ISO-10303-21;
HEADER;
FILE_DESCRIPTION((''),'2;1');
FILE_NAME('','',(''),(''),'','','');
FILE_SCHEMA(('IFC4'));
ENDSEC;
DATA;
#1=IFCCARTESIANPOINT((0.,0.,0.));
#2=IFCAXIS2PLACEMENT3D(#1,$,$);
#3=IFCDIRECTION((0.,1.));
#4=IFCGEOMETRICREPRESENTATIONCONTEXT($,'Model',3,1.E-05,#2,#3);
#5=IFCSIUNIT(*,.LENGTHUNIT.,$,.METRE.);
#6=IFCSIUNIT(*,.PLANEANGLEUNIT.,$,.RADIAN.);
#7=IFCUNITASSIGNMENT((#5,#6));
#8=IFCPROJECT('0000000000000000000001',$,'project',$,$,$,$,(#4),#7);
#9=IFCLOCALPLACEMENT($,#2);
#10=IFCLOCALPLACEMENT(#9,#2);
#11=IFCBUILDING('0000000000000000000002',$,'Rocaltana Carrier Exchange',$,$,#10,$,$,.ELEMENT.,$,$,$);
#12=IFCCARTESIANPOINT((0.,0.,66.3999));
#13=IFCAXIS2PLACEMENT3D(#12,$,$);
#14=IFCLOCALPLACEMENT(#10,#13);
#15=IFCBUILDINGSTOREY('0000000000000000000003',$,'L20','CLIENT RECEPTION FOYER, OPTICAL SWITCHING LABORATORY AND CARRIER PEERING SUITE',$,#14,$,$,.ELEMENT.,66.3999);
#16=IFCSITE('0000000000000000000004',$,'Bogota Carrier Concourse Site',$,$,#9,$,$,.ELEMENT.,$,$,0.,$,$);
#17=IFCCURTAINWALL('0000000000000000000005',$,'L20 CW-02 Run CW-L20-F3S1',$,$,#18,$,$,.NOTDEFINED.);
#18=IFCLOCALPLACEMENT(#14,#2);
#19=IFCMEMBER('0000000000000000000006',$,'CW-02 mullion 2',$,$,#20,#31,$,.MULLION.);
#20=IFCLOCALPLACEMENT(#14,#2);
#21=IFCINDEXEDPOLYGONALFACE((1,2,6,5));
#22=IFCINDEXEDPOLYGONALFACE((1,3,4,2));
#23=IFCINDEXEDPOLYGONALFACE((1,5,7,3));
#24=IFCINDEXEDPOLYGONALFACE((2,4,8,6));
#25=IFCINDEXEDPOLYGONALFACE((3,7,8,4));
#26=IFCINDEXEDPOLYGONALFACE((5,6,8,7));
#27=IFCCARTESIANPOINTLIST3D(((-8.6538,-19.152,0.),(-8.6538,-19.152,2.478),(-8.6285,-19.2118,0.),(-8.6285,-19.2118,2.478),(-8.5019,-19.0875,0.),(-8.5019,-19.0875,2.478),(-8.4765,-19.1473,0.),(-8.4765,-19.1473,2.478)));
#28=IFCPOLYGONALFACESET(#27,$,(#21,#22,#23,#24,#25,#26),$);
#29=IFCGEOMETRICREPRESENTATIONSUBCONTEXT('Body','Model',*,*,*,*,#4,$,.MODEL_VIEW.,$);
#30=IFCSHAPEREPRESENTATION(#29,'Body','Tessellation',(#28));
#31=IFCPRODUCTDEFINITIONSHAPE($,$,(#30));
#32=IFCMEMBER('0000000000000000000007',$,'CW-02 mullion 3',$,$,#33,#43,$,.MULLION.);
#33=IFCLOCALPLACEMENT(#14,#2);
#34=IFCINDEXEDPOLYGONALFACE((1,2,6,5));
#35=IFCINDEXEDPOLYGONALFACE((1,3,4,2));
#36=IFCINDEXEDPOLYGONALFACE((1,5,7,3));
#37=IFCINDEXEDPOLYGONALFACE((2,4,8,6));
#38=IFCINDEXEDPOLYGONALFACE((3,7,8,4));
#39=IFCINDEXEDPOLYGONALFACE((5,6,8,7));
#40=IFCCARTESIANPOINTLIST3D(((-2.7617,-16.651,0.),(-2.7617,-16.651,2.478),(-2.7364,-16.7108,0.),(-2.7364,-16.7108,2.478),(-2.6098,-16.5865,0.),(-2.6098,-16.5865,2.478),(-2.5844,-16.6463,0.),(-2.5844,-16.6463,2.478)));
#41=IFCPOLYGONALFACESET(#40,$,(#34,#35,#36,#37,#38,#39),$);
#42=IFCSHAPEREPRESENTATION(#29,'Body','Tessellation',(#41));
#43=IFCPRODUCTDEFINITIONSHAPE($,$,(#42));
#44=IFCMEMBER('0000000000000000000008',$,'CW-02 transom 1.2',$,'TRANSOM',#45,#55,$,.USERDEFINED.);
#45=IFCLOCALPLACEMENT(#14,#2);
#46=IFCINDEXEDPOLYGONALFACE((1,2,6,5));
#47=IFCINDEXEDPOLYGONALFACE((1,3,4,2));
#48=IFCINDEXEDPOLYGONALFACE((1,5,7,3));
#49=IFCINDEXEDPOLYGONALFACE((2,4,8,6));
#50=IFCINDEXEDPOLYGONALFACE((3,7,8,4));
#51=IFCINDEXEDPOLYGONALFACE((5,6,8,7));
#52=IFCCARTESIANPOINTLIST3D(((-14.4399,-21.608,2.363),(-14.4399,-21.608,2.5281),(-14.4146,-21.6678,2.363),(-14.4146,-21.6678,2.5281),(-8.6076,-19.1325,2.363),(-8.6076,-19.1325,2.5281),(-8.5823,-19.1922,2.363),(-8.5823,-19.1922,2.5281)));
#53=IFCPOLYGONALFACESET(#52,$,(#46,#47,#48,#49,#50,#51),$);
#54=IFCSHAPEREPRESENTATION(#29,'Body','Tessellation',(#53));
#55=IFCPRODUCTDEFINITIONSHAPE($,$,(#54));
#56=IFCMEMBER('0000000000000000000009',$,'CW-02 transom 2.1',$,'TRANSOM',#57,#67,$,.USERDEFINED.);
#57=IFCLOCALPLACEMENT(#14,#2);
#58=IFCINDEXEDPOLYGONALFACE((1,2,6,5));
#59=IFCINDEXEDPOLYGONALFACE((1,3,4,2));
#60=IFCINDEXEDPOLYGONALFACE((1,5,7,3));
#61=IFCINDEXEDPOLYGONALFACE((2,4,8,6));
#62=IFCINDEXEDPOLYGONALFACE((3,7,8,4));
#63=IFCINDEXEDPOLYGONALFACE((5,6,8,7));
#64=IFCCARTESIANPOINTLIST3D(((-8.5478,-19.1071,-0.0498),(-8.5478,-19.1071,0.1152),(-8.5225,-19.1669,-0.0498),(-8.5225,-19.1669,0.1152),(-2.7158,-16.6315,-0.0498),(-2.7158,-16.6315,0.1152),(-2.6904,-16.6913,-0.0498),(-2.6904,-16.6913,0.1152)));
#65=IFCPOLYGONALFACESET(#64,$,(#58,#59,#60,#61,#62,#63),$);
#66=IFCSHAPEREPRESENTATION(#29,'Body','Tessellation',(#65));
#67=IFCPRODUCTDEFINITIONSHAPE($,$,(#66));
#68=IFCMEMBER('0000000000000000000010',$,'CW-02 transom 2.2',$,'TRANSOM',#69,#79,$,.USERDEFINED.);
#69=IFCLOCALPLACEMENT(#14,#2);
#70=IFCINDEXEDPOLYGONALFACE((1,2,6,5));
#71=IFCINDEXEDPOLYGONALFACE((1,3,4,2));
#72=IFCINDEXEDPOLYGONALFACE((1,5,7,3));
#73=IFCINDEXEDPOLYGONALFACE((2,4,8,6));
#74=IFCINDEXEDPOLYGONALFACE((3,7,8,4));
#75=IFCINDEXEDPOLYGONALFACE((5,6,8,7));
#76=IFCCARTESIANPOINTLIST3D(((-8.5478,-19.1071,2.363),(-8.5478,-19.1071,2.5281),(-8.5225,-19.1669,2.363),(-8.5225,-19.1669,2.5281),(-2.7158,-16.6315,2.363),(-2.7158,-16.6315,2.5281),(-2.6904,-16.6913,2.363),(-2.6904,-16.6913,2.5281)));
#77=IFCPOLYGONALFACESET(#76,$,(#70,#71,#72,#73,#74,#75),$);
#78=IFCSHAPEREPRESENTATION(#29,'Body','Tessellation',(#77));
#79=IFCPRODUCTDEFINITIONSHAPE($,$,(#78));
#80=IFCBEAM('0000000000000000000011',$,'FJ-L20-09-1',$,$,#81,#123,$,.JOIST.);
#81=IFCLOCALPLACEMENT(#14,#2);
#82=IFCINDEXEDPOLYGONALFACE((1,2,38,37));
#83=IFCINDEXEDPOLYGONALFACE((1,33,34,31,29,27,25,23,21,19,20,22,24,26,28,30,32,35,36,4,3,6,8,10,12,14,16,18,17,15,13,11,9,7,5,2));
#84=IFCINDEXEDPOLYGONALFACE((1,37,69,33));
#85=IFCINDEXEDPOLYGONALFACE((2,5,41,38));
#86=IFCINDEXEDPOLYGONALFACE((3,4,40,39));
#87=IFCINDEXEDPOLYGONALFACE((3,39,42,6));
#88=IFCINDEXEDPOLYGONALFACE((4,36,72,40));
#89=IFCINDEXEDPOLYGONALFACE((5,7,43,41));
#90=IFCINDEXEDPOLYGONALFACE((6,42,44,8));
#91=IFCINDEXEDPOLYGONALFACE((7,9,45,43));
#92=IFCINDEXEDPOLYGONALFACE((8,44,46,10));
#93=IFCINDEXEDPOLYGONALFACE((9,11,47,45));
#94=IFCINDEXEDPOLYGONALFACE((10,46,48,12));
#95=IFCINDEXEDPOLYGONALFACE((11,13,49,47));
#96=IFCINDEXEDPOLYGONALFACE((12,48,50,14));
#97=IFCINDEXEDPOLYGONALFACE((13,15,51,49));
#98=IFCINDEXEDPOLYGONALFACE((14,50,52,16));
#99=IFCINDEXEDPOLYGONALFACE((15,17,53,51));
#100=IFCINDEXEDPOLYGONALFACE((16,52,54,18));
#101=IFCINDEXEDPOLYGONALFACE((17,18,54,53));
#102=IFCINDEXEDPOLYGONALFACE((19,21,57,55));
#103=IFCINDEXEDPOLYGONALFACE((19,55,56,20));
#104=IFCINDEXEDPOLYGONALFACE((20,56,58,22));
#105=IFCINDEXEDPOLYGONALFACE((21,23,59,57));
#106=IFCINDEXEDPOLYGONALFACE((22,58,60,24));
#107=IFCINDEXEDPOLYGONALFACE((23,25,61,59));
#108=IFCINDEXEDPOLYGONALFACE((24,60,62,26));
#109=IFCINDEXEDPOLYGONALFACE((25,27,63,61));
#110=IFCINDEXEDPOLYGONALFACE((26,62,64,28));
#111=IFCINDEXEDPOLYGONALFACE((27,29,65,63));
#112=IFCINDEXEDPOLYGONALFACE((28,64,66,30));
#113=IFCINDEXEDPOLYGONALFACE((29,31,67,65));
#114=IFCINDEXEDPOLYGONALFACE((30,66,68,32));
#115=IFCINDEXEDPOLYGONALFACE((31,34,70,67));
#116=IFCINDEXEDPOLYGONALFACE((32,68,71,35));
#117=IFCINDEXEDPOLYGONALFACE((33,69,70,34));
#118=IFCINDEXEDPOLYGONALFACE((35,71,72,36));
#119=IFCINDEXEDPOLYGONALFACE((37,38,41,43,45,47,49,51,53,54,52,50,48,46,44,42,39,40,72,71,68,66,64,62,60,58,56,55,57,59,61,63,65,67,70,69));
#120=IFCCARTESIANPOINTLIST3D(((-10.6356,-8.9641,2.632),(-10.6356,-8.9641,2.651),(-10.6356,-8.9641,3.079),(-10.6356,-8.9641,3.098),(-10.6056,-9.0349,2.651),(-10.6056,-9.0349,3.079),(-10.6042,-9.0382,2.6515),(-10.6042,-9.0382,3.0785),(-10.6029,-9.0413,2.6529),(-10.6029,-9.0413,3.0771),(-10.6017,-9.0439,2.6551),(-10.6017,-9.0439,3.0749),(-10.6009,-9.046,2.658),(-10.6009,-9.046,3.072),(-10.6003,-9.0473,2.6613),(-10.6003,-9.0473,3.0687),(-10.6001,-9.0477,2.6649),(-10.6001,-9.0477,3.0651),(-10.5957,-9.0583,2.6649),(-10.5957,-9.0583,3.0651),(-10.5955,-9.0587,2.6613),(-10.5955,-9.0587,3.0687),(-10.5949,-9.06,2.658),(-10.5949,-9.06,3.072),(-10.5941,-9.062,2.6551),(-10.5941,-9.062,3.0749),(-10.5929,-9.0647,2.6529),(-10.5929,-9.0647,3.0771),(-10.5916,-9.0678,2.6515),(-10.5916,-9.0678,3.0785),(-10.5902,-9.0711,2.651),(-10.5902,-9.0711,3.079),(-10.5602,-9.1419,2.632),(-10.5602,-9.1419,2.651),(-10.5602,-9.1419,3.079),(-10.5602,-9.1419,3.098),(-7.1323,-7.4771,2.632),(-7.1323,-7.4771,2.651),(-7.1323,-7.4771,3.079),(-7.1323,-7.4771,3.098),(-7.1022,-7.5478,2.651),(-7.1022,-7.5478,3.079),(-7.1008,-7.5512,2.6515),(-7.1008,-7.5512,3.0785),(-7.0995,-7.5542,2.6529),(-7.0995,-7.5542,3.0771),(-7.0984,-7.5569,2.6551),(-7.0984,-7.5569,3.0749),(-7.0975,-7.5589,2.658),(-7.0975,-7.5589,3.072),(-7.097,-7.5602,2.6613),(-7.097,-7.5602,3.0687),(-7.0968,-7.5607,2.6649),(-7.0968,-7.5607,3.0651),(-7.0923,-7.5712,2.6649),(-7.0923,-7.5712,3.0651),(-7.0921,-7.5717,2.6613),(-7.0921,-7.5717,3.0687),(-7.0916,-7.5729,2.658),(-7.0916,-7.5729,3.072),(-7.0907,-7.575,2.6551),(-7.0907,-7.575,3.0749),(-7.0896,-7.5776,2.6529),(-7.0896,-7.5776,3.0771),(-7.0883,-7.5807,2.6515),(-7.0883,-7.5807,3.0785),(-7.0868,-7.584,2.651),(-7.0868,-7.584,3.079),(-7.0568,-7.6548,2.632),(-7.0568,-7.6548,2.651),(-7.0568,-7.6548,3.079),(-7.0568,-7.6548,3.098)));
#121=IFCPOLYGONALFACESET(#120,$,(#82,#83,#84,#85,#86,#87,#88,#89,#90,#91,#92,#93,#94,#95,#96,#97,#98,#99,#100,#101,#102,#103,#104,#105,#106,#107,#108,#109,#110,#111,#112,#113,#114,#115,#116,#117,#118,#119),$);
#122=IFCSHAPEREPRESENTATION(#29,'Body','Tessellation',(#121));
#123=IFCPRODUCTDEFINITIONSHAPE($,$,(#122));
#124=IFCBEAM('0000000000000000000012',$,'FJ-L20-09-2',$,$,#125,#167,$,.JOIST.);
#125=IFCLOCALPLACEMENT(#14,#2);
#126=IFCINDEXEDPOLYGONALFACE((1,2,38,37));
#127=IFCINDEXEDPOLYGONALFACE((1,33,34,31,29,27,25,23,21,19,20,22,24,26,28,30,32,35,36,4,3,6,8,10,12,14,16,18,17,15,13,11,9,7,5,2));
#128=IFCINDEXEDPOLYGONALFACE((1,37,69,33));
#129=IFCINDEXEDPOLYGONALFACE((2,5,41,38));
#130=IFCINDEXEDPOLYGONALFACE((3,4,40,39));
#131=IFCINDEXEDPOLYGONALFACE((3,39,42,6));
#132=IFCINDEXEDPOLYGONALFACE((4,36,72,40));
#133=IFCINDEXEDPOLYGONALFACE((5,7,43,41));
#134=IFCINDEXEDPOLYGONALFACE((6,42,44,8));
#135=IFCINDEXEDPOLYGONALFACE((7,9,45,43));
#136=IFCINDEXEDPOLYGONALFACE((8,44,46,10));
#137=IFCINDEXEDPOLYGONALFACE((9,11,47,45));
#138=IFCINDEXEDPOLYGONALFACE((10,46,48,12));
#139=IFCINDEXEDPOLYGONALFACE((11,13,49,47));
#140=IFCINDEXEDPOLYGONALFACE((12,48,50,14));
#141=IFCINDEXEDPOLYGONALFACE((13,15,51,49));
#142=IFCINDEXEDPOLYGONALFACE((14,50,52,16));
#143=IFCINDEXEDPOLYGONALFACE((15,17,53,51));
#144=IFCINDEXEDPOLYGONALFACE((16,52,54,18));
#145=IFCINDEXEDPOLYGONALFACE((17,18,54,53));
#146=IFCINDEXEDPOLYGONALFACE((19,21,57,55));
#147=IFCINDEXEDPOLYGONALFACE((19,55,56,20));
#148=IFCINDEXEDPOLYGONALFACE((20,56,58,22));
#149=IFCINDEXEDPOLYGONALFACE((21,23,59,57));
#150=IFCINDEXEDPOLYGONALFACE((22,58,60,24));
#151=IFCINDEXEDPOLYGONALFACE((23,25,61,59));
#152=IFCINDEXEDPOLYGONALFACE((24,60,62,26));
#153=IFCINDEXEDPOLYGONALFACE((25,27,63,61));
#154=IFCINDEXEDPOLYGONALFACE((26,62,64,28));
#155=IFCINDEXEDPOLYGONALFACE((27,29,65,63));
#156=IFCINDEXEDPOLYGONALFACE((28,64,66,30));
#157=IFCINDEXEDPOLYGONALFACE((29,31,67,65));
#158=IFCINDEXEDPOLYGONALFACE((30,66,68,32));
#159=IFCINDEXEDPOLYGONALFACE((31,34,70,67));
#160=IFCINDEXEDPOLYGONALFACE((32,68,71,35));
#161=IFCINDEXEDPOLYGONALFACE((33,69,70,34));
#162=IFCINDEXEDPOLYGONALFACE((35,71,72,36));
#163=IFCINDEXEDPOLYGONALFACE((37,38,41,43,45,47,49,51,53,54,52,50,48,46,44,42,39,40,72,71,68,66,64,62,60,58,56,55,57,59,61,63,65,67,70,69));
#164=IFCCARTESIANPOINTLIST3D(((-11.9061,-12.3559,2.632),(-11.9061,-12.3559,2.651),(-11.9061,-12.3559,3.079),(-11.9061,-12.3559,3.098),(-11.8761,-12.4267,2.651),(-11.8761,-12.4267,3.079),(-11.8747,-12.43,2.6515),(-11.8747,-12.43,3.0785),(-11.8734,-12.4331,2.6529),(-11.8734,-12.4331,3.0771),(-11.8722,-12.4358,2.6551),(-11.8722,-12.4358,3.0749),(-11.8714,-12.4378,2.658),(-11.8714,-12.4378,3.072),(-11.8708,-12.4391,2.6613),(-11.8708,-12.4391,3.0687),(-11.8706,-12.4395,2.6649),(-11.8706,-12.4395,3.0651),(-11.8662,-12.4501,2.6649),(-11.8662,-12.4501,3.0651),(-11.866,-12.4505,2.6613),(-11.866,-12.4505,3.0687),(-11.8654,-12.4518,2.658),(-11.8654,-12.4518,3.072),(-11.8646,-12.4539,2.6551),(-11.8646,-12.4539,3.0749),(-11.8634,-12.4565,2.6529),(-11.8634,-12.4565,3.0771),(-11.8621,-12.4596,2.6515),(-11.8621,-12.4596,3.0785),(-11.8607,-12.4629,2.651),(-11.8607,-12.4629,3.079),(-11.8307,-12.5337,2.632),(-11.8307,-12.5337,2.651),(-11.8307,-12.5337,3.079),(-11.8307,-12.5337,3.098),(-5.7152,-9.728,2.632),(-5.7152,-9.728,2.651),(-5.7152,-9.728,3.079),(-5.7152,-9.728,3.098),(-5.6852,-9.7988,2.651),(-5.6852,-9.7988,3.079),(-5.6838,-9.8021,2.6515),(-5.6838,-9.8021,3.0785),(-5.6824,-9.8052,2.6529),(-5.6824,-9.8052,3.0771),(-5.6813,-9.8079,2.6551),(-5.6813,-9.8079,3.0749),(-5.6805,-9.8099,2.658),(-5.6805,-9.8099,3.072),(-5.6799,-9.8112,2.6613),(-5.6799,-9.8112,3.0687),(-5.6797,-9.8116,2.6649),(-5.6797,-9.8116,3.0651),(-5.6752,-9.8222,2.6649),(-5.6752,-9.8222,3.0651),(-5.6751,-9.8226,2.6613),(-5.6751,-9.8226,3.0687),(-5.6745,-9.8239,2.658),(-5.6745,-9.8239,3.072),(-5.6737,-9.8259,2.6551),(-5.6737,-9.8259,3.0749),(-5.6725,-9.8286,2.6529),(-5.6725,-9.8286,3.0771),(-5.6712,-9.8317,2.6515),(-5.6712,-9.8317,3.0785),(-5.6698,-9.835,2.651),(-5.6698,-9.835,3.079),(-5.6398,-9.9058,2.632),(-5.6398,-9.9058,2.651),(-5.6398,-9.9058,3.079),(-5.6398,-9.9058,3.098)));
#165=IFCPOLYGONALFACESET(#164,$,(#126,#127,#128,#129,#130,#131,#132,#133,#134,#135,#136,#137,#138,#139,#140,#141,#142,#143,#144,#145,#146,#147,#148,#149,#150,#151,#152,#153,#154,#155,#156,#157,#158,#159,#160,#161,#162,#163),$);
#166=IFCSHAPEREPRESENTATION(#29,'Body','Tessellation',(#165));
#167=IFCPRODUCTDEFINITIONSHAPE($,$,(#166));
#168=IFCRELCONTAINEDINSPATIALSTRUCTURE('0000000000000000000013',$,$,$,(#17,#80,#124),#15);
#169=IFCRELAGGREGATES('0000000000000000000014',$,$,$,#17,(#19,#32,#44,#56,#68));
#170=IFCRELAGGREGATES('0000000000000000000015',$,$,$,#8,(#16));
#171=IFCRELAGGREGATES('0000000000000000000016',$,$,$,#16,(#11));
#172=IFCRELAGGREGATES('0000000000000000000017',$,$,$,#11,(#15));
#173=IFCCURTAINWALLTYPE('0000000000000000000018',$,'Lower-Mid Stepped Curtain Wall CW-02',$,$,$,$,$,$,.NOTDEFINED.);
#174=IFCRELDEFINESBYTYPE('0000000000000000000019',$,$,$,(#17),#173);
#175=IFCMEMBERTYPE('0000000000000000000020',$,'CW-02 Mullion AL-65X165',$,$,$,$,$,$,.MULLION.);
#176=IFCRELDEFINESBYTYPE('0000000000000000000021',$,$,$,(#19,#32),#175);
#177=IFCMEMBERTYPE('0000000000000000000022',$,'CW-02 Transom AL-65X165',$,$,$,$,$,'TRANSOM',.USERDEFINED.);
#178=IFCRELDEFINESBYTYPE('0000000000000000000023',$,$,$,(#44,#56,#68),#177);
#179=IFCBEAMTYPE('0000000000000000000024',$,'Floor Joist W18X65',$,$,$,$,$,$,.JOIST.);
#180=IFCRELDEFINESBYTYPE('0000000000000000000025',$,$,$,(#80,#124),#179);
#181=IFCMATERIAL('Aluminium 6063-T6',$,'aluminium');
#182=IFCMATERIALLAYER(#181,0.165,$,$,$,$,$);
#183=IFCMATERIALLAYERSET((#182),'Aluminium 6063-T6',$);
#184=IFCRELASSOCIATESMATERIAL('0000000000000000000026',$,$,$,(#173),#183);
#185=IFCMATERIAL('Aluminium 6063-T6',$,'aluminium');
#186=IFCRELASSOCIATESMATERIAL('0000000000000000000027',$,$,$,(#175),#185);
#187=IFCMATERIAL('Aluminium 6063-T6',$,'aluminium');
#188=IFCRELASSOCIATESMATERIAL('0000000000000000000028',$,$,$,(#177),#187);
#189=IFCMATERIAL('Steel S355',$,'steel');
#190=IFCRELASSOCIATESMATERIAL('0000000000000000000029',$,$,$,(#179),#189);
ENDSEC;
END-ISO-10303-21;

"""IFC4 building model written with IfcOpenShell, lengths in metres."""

from ifc_helpers import new_model, si_unit, direction, frame, origin, origin_2d, place, context, subcontext, project, spatial, rectangle, i_section, extrude, material, layer, layer_set, material_profile, profile_set, type_object, element, aggregate, save


model = new_model("IFC4")

# Units and contexts
model_context = context("Model", 3, precision=1e-05, world=origin(), true_north=direction((0.0, 1.0)))
body_context = subcontext(model_context, "Body", "Model", "MODEL_VIEW")
ifc_project = project(units=[si_unit("LENGTHUNIT", "METRE"), si_unit("PLANEANGLEUNIT", "RADIAN")], contexts=[model_context])

# Site, building, storey
site_placement = place(None, origin())
site = spatial("IfcSite", under=ifc_project, at=site_placement, Name="Bogota Carrier Concourse Site", CompositionType="ELEMENT", RefElevation=0.0)
building_placement = place(site_placement, origin())
building = spatial("IfcBuilding", under=site, at=building_placement, Name="Rocaltana Carrier Exchange", CompositionType="ELEMENT")
storey_placement = place(building_placement, frame((0.0, 0.0, 66.3999)))
storey = spatial("IfcBuildingStorey", under=building, at=storey_placement, Name="L20", Description="CLIENT RECEPTION FOYER, OPTICAL SWITCHING LABORATORY AND CARRIER PEERING SUITE", CompositionType="ELEMENT", Elevation=66.3999)

# Curtain wall, members
ifc_material_1 = material(Name="Aluminium 6063-T6", Category="aluminium")
ifc_layer_1 = layer(ifc_material_1, 0.165)
ifc_layer_set_1 = layer_set([ifc_layer_1], Name="Aluminium 6063-T6")
curtain_wall_type = type_object("IfcCurtainWallType", Name="Lower-Mid Stepped Curtain Wall CW-02", PredefinedType="NOTDEFINED", material=ifc_layer_set_1)
curtain_wall_placement = place(storey_placement, origin())
curtain_wall = element("IfcCurtainWall", 1, at=curtain_wall_placement, inside=storey, type_object=curtain_wall_type, Name="L20 CW-02 Run CW-L20-F3S1", PredefinedType="NOTDEFINED")
ifc_material_2 = material(Name="Aluminium 6063-T6", Category="aluminium")
ifc_material_profile_1 = material_profile(ifc_material_2, rectangle(XDim=0.0649, YDim=0.165, at=origin_2d()), Name="AL-65X165")
ifc_profile_set_1 = profile_set([ifc_material_profile_1], Name="Aluminium 6063-T6")
member_type_1 = type_object("IfcMemberType", Name="CW-02 Mullion AL-65X165", PredefinedType="MULLION", material=ifc_profile_set_1)
member_1_placement = place(storey_placement, frame((-8.5652, -19.1497, 0.0), z_axis=(0.0, 0.0, 1.0), x_axis=(-0.390729, 0.920506, 0.0)))
member_1 = element("IfcMember", 2, at=member_1_placement, type_object=member_type_1, Name="CW-02 mullion 2", PredefinedType="MULLION", context=body_context, shape_type="SweptSolid", body=[
    extrude(rectangle(XDim=0.0649, YDim=0.165, at=origin_2d()), origin(), (0.0, 0.0, 1.0), 2.478),
])
member_2_placement = place(storey_placement, frame((-2.6731, -16.6487, 0.0), z_axis=(0.0, 0.0, 1.0), x_axis=(-0.390729, 0.920506, 0.0)))
member_2 = element("IfcMember", 3, at=member_2_placement, type_object=member_type_1, Name="CW-02 mullion 3", PredefinedType="MULLION", context=body_context, shape_type="SweptSolid", body=[
    extrude(rectangle(XDim=0.0649, YDim=0.165, at=origin_2d()), origin(), (0.0, 0.0, 1.0), 2.478),
])
ifc_material_3 = material(Name="Aluminium 6063-T6", Category="aluminium")
ifc_material_profile_2 = material_profile(ifc_material_3, rectangle(XDim=0.0649, YDim=0.165, at=origin_2d()), Name="AL-65X165")
ifc_profile_set_2 = profile_set([ifc_material_profile_2], Name="Aluminium 6063-T6")
member_type_2 = type_object("IfcMemberType", Name="CW-02 Transom AL-65X165", ElementType="TRANSOM", PredefinedType="USERDEFINED", material=ifc_profile_set_2)
member_3_placement = place(storey_placement, frame((-14.4272, -21.6379, 2.4456), z_axis=(0.920509, 0.390722, 0.0), x_axis=(-0.390722, 0.920509, 0.0)))
member_3 = element("IfcMember", 4, at=member_3_placement, type_object=member_type_2, Name="CW-02 transom 1.2", ObjectType="TRANSOM", PredefinedType="USERDEFINED", context=body_context, shape_type="SweptSolid", body=[
    extrude(rectangle(XDim=0.0649, YDim=0.165, at=origin_2d()), origin(), (0.0, 0.0, 1.0), 6.3359),
])
member_4_placement = place(storey_placement, frame((-8.5352, -19.137, 0.0327), z_axis=(0.920503, 0.390736, 0.0), x_axis=(-0.390736, 0.920503, 0.0)))
member_4 = element("IfcMember", 5, at=member_4_placement, type_object=member_type_2, Name="CW-02 transom 2.1", ObjectType="TRANSOM", PredefinedType="USERDEFINED", context=body_context, shape_type="SweptSolid", body=[
    extrude(rectangle(XDim=0.0649, YDim=0.165, at=origin_2d()), origin(), (0.0, 0.0, 1.0), 6.3357),
])
member_5_placement = place(storey_placement, frame((-8.5352, -19.137, 2.4456), z_axis=(0.920503, 0.390736, 0.0), x_axis=(-0.390736, 0.920503, 0.0)))
member_5 = element("IfcMember", 6, at=member_5_placement, type_object=member_type_2, Name="CW-02 transom 2.2", ObjectType="TRANSOM", PredefinedType="USERDEFINED", context=body_context, shape_type="SweptSolid", body=[
    extrude(rectangle(XDim=0.0649, YDim=0.165, at=origin_2d()), origin(), (0.0, 0.0, 1.0), 6.3357),
])

# Beams
ifc_material_4 = material(Name="Steel S355", Category="steel")
ifc_material_profile_3 = material_profile(ifc_material_4, i_section(OverallWidth=0.1931, OverallDepth=0.4661, WebThickness=0.0115, FlangeThickness=0.019, FilletRadius=0.0139, at=origin_2d()), Name="W18X65")
ifc_profile_set_3 = profile_set([ifc_material_profile_3], Name="Steel S355")
beam_type = type_object("IfcBeamType", Name="Floor Joist W18X65", PredefinedType="JOIST", material=ifc_profile_set_3)
beam_1_placement = place(storey_placement, frame((-10.5979, -9.053, 2.865), z_axis=(0.92051, 0.39072, 0.0), x_axis=(-0.39072, 0.92051, 0.0)))
element("IfcBeam", 7, at=beam_1_placement, inside=storey, type_object=beam_type, Name="FJ-L20-09-1", PredefinedType="JOIST", context=body_context, shape_type="SweptSolid", body=[
    extrude(i_section(OverallWidth=0.1931, OverallDepth=0.4661, WebThickness=0.0115, FlangeThickness=0.019, FilletRadius=0.0139, at=origin_2d()), origin(), (0.0, 0.0, 1.0), 3.8059),
])
beam_2_placement = place(storey_placement, frame((-11.8684, -12.4448, 2.865), z_axis=(0.920503, 0.390736, 0.0), x_axis=(-0.390736, 0.920503, 0.0)))
element("IfcBeam", 8, at=beam_2_placement, inside=storey, type_object=beam_type, Name="FJ-L20-09-2", PredefinedType="JOIST", context=body_context, shape_type="SweptSolid", body=[
    extrude(i_section(OverallWidth=0.1931, OverallDepth=0.4661, WebThickness=0.0115, FlangeThickness=0.019, FilletRadius=0.0139, at=origin_2d()), origin(), (0.0, 0.0, 1.0), 6.7256),
])

aggregate(curtain_wall, [member_1, member_2, member_3, member_4, member_5])

save(model, "model.ifc")
